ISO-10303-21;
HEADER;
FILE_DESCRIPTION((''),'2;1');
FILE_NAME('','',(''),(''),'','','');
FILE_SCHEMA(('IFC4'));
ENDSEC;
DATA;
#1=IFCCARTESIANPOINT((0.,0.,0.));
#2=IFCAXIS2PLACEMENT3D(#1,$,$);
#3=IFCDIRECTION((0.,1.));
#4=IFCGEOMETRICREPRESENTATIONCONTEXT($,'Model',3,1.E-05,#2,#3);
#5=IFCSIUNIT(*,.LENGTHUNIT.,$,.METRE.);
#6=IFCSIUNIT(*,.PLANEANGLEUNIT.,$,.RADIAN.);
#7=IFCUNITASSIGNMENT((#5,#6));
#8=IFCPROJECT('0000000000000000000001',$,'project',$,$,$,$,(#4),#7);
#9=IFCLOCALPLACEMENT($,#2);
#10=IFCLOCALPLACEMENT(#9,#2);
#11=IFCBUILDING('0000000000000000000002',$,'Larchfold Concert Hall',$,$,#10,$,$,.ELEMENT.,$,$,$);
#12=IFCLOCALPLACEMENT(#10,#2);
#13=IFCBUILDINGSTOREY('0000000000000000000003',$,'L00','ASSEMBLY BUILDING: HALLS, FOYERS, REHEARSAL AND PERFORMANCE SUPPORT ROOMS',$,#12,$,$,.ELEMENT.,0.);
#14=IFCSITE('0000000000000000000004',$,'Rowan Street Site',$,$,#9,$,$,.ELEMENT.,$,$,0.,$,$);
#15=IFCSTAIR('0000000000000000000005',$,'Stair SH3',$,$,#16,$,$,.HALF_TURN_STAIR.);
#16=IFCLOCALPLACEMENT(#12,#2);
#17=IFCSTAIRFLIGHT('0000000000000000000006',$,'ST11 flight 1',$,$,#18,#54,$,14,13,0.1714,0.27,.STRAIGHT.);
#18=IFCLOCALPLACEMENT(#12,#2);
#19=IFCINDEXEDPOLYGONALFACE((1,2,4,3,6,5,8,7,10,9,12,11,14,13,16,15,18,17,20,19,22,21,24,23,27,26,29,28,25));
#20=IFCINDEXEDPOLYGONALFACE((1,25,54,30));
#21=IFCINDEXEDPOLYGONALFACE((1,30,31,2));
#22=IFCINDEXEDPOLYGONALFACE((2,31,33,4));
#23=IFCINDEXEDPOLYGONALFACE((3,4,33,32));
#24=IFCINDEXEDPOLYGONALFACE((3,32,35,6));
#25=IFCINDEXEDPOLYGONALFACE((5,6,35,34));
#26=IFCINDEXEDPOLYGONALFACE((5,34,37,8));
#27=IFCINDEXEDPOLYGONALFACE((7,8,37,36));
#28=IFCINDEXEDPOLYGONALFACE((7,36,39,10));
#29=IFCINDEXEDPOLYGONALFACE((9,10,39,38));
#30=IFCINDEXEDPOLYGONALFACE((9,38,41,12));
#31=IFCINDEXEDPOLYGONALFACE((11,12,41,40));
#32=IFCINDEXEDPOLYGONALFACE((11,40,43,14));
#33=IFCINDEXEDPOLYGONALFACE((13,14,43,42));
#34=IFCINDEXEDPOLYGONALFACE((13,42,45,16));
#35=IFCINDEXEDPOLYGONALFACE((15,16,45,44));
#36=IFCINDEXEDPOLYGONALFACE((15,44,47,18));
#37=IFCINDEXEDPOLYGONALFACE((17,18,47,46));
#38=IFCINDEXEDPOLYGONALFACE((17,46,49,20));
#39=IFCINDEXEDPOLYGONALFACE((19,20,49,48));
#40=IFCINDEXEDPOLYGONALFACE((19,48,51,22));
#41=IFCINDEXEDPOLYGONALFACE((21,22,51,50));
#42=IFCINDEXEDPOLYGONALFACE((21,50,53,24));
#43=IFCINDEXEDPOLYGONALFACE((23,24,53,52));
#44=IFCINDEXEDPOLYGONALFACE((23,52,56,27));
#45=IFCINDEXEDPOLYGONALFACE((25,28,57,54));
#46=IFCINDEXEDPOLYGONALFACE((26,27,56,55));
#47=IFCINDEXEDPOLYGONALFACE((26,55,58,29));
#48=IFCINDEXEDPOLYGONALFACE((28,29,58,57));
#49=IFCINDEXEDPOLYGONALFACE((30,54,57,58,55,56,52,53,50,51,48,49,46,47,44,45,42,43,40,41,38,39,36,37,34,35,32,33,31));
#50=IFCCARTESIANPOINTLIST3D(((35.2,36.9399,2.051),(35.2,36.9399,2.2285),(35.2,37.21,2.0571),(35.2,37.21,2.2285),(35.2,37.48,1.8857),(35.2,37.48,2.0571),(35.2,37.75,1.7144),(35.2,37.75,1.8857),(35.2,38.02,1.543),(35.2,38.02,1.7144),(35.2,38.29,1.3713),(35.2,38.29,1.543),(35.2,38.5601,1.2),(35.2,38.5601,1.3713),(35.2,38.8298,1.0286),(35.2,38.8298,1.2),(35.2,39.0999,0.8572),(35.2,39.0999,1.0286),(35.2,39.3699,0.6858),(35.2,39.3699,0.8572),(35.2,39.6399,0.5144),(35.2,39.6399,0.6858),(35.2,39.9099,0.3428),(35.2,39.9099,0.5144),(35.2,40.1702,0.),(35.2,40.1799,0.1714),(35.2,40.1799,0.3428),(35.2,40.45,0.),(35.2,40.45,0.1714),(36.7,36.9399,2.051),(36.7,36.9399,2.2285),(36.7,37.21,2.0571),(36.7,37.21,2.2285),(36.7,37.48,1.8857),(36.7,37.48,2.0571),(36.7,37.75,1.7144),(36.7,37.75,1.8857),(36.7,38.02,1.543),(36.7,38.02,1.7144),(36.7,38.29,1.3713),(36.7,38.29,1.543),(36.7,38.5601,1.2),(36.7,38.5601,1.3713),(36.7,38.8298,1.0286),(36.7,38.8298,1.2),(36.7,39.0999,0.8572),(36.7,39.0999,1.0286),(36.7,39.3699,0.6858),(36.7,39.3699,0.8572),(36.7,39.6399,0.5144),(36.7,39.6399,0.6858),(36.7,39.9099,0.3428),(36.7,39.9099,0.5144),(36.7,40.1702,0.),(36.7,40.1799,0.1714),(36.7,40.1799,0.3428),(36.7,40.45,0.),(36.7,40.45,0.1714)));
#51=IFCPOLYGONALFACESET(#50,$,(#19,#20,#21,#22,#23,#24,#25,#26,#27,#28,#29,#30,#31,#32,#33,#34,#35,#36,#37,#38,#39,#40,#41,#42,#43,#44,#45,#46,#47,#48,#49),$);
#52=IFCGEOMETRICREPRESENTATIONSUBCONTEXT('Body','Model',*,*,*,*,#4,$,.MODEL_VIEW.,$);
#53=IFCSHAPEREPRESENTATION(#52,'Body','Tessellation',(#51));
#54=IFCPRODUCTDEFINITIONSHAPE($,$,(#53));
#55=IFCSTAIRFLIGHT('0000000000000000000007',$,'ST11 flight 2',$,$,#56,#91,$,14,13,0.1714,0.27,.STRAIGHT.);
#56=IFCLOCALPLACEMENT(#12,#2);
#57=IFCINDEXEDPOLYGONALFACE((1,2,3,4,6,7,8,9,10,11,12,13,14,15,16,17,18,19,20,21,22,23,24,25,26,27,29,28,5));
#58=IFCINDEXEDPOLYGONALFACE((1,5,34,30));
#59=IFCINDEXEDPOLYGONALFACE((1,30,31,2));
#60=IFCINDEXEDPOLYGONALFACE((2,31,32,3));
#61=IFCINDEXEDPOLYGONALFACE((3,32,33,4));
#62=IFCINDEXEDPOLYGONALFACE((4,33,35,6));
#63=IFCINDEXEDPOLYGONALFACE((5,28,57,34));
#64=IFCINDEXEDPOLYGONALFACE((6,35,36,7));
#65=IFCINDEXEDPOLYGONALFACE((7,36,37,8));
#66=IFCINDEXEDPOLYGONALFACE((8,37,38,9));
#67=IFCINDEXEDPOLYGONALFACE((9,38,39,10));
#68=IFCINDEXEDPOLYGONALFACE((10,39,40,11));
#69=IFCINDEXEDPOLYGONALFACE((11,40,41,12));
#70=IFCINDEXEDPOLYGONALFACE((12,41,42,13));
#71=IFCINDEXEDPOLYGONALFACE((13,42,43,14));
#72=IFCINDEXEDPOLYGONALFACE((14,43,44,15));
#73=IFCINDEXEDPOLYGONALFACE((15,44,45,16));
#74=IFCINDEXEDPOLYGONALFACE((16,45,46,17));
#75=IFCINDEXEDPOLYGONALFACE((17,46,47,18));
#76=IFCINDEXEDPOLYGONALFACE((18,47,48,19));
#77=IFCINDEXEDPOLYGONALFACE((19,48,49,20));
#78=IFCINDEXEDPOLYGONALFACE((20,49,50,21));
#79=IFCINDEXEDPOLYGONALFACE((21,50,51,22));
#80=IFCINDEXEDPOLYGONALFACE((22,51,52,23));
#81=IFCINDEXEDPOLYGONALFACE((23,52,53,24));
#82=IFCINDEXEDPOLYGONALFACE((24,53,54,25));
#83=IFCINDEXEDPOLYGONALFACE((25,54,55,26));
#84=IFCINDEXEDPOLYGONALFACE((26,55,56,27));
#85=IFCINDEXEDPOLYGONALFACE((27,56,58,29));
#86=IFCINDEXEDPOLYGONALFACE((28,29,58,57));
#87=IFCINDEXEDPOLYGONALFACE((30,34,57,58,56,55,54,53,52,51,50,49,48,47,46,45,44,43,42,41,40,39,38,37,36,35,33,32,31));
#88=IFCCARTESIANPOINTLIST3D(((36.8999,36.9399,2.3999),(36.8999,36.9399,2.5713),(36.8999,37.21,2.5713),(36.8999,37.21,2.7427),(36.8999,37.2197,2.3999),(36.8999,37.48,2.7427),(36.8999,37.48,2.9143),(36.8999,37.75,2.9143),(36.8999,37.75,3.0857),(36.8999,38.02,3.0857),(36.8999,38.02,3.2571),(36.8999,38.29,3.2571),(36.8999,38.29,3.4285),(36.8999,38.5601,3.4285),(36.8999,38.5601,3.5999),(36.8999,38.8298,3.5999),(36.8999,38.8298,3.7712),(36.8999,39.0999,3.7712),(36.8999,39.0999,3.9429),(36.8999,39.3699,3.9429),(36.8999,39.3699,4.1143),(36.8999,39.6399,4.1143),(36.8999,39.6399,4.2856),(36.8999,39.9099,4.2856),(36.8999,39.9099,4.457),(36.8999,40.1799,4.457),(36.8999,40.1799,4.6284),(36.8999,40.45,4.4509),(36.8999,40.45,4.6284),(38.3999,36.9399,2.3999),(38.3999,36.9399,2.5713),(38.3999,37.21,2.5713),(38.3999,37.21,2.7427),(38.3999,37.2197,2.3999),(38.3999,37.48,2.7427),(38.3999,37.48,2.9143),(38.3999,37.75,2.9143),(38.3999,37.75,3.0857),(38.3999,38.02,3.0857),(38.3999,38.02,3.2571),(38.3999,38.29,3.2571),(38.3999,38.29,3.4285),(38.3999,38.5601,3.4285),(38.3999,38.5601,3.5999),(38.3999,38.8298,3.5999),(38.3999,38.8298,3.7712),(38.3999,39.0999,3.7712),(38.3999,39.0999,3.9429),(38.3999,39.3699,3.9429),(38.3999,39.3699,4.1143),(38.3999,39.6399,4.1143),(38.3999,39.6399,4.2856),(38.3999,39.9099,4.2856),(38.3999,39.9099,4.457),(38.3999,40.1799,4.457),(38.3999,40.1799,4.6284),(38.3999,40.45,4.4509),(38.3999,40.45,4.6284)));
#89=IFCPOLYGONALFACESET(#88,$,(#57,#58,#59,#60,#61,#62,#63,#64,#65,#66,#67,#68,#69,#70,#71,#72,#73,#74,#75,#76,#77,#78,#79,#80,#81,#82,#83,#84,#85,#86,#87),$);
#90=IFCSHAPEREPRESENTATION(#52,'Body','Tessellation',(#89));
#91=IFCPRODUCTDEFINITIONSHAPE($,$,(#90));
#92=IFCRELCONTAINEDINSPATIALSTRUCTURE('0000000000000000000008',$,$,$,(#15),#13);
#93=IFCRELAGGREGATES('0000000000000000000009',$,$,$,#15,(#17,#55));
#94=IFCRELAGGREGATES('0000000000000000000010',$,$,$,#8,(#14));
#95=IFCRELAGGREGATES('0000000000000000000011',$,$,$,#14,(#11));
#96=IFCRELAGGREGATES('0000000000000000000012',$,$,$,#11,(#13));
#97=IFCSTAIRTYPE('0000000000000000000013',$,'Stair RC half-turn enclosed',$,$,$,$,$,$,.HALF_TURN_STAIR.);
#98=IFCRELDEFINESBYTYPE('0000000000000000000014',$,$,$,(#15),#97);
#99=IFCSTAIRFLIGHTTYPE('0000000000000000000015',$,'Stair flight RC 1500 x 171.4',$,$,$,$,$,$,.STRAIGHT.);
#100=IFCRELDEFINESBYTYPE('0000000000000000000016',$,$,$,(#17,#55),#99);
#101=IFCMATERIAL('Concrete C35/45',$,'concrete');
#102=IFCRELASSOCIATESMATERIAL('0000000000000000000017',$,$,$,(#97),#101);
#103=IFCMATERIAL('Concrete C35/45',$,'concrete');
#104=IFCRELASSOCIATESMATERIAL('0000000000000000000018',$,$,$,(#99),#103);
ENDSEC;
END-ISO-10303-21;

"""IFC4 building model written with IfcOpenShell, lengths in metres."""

from ifc_helpers import new_model, si_unit, direction, frame, origin, place, context, subcontext, project, spatial, polyline, outline, extrude, material, type_object, element, aggregate, save


model = new_model("IFC4")

# Units and contexts
model_context = context("Model", 3, precision=1e-05, world=origin(), true_north=direction((0.0, 1.0)))
body_context = subcontext(model_context, "Body", "Model", "MODEL_VIEW")
ifc_project = project(units=[si_unit("LENGTHUNIT", "METRE"), si_unit("PLANEANGLEUNIT", "RADIAN")], contexts=[model_context])

# Site, building, storey
site_placement = place(None, origin())
site = spatial("IfcSite", under=ifc_project, at=site_placement, Name="Rowan Street Site", CompositionType="ELEMENT", RefElevation=0.0)
building_placement = place(site_placement, origin())
building = spatial("IfcBuilding", under=site, at=building_placement, Name="Larchfold Concert Hall", CompositionType="ELEMENT")
storey_placement = place(building_placement, origin())
storey = spatial("IfcBuildingStorey", under=building, at=storey_placement, Name="L00", Description="ASSEMBLY BUILDING: HALLS, FOYERS, REHEARSAL AND PERFORMANCE SUPPORT ROOMS", CompositionType="ELEMENT", Elevation=0.0)

# Stair, stair flights
ifc_material_1 = material(Name="Concrete C35/45", Category="concrete")
stair_type = type_object("IfcStairType", Name="Stair RC half-turn enclosed", PredefinedType="HALF_TURN_STAIR", material=ifc_material_1)
stair_placement = place(storey_placement, origin())
stair = element("IfcStair", 1, at=stair_placement, inside=storey, type_object=stair_type, Name="Stair SH3", PredefinedType="HALF_TURN_STAIR")
ifc_material_2 = material(Name="Concrete C35/45", Category="concrete")
stair_flight_type = type_object("IfcStairFlightType", Name="Stair flight RC 1500 x 171.4", PredefinedType="STRAIGHT", material=ifc_material_2)
stair_flight_1_placement = place(storey_placement, frame((35.95, 40.45, 0.0), z_axis=(0.0, 0.0, 1.0), x_axis=(0.0, -1.0, 0.0)))
stair_flight_1 = element("IfcStairFlight", 2, at=stair_flight_1_placement, type_object=stair_flight_type, Name="ST11 flight 1", NumberOfRisers=14, NumberOfTreads=13, PredefinedType="STRAIGHT", RiserHeight=0.1714, TreadLength=0.27, context=body_context, shape_type="SweptSolid", body=[
    extrude(outline(polyline([(0.0, 0.0), (0.0, 0.1714), (0.27, 0.1714), (0.27, 0.3428), (0.54, 0.3428), (0.54, 0.5144), (0.8101, 0.5144), (0.8101, 0.6858), (1.0801, 0.6858), (1.0801, 0.8572), (1.3501, 0.8572), (1.3501, 1.0286), (1.6201, 1.0286), (1.6201, 1.2), (1.8899, 1.2), (1.8899, 1.3713), (2.1599, 1.3713), (2.1599, 1.543), (2.4299, 1.543), (2.4299, 1.7144), (2.7, 1.7144), (2.7, 1.8857), (2.97, 1.8857), (2.97, 2.0571), (3.24, 2.0571), (3.24, 2.2285), (3.51, 2.2285), (3.51, 2.3999), (3.51, 2.051), (0.2798, 0.0), (0.0, 0.0)])), frame((0.0, 0.75, 0.0), z_axis=(0.0, -1.0, 0.0), x_axis=(1.0, 0.0, 0.0)), (0.0, 0.0, 1.0), 1.5),
])
stair_flight_2_placement = place(storey_placement, frame((37.6499, 36.9399, 2.3999), z_axis=(0.0, 0.0, 1.0), x_axis=(0.0, 1.0, 0.0)))
stair_flight_2 = element("IfcStairFlight", 3, at=stair_flight_2_placement, type_object=stair_flight_type, Name="ST11 flight 2", NumberOfRisers=14, NumberOfTreads=13, PredefinedType="STRAIGHT", RiserHeight=0.1714, TreadLength=0.27, context=body_context, shape_type="SweptSolid", body=[
    extrude(outline(polyline([(0.0, 0.0), (0.0, 0.1714), (0.27, 0.1714), (0.27, 0.3428), (0.54, 0.3428), (0.54, 0.5144), (0.8101, 0.5144), (0.8101, 0.6858), (1.0801, 0.6858), (1.0801, 0.8572), (1.3501, 0.8572), (1.3501, 1.0286), (1.6201, 1.0286), (1.6201, 1.2), (1.8899, 1.2), (1.8899, 1.3713), (2.1599, 1.3713), (2.1599, 1.543), (2.4299, 1.543), (2.4299, 1.7144), (2.7, 1.7144), (2.7, 1.8857), (2.97, 1.8857), (2.97, 2.0571), (3.24, 2.0571), (3.24, 2.2285), (3.51, 2.2285), (3.51, 2.3999), (3.51, 2.051), (0.2798, 0.0), (0.0, 0.0)])), frame((0.0, 0.75, 0.0), z_axis=(0.0, -1.0, 0.0), x_axis=(1.0, 0.0, 0.0)), (0.0, 0.0, 1.0), 1.5),
])
aggregate(stair, [stair_flight_1, stair_flight_2])

save(model, "model.ifc")
